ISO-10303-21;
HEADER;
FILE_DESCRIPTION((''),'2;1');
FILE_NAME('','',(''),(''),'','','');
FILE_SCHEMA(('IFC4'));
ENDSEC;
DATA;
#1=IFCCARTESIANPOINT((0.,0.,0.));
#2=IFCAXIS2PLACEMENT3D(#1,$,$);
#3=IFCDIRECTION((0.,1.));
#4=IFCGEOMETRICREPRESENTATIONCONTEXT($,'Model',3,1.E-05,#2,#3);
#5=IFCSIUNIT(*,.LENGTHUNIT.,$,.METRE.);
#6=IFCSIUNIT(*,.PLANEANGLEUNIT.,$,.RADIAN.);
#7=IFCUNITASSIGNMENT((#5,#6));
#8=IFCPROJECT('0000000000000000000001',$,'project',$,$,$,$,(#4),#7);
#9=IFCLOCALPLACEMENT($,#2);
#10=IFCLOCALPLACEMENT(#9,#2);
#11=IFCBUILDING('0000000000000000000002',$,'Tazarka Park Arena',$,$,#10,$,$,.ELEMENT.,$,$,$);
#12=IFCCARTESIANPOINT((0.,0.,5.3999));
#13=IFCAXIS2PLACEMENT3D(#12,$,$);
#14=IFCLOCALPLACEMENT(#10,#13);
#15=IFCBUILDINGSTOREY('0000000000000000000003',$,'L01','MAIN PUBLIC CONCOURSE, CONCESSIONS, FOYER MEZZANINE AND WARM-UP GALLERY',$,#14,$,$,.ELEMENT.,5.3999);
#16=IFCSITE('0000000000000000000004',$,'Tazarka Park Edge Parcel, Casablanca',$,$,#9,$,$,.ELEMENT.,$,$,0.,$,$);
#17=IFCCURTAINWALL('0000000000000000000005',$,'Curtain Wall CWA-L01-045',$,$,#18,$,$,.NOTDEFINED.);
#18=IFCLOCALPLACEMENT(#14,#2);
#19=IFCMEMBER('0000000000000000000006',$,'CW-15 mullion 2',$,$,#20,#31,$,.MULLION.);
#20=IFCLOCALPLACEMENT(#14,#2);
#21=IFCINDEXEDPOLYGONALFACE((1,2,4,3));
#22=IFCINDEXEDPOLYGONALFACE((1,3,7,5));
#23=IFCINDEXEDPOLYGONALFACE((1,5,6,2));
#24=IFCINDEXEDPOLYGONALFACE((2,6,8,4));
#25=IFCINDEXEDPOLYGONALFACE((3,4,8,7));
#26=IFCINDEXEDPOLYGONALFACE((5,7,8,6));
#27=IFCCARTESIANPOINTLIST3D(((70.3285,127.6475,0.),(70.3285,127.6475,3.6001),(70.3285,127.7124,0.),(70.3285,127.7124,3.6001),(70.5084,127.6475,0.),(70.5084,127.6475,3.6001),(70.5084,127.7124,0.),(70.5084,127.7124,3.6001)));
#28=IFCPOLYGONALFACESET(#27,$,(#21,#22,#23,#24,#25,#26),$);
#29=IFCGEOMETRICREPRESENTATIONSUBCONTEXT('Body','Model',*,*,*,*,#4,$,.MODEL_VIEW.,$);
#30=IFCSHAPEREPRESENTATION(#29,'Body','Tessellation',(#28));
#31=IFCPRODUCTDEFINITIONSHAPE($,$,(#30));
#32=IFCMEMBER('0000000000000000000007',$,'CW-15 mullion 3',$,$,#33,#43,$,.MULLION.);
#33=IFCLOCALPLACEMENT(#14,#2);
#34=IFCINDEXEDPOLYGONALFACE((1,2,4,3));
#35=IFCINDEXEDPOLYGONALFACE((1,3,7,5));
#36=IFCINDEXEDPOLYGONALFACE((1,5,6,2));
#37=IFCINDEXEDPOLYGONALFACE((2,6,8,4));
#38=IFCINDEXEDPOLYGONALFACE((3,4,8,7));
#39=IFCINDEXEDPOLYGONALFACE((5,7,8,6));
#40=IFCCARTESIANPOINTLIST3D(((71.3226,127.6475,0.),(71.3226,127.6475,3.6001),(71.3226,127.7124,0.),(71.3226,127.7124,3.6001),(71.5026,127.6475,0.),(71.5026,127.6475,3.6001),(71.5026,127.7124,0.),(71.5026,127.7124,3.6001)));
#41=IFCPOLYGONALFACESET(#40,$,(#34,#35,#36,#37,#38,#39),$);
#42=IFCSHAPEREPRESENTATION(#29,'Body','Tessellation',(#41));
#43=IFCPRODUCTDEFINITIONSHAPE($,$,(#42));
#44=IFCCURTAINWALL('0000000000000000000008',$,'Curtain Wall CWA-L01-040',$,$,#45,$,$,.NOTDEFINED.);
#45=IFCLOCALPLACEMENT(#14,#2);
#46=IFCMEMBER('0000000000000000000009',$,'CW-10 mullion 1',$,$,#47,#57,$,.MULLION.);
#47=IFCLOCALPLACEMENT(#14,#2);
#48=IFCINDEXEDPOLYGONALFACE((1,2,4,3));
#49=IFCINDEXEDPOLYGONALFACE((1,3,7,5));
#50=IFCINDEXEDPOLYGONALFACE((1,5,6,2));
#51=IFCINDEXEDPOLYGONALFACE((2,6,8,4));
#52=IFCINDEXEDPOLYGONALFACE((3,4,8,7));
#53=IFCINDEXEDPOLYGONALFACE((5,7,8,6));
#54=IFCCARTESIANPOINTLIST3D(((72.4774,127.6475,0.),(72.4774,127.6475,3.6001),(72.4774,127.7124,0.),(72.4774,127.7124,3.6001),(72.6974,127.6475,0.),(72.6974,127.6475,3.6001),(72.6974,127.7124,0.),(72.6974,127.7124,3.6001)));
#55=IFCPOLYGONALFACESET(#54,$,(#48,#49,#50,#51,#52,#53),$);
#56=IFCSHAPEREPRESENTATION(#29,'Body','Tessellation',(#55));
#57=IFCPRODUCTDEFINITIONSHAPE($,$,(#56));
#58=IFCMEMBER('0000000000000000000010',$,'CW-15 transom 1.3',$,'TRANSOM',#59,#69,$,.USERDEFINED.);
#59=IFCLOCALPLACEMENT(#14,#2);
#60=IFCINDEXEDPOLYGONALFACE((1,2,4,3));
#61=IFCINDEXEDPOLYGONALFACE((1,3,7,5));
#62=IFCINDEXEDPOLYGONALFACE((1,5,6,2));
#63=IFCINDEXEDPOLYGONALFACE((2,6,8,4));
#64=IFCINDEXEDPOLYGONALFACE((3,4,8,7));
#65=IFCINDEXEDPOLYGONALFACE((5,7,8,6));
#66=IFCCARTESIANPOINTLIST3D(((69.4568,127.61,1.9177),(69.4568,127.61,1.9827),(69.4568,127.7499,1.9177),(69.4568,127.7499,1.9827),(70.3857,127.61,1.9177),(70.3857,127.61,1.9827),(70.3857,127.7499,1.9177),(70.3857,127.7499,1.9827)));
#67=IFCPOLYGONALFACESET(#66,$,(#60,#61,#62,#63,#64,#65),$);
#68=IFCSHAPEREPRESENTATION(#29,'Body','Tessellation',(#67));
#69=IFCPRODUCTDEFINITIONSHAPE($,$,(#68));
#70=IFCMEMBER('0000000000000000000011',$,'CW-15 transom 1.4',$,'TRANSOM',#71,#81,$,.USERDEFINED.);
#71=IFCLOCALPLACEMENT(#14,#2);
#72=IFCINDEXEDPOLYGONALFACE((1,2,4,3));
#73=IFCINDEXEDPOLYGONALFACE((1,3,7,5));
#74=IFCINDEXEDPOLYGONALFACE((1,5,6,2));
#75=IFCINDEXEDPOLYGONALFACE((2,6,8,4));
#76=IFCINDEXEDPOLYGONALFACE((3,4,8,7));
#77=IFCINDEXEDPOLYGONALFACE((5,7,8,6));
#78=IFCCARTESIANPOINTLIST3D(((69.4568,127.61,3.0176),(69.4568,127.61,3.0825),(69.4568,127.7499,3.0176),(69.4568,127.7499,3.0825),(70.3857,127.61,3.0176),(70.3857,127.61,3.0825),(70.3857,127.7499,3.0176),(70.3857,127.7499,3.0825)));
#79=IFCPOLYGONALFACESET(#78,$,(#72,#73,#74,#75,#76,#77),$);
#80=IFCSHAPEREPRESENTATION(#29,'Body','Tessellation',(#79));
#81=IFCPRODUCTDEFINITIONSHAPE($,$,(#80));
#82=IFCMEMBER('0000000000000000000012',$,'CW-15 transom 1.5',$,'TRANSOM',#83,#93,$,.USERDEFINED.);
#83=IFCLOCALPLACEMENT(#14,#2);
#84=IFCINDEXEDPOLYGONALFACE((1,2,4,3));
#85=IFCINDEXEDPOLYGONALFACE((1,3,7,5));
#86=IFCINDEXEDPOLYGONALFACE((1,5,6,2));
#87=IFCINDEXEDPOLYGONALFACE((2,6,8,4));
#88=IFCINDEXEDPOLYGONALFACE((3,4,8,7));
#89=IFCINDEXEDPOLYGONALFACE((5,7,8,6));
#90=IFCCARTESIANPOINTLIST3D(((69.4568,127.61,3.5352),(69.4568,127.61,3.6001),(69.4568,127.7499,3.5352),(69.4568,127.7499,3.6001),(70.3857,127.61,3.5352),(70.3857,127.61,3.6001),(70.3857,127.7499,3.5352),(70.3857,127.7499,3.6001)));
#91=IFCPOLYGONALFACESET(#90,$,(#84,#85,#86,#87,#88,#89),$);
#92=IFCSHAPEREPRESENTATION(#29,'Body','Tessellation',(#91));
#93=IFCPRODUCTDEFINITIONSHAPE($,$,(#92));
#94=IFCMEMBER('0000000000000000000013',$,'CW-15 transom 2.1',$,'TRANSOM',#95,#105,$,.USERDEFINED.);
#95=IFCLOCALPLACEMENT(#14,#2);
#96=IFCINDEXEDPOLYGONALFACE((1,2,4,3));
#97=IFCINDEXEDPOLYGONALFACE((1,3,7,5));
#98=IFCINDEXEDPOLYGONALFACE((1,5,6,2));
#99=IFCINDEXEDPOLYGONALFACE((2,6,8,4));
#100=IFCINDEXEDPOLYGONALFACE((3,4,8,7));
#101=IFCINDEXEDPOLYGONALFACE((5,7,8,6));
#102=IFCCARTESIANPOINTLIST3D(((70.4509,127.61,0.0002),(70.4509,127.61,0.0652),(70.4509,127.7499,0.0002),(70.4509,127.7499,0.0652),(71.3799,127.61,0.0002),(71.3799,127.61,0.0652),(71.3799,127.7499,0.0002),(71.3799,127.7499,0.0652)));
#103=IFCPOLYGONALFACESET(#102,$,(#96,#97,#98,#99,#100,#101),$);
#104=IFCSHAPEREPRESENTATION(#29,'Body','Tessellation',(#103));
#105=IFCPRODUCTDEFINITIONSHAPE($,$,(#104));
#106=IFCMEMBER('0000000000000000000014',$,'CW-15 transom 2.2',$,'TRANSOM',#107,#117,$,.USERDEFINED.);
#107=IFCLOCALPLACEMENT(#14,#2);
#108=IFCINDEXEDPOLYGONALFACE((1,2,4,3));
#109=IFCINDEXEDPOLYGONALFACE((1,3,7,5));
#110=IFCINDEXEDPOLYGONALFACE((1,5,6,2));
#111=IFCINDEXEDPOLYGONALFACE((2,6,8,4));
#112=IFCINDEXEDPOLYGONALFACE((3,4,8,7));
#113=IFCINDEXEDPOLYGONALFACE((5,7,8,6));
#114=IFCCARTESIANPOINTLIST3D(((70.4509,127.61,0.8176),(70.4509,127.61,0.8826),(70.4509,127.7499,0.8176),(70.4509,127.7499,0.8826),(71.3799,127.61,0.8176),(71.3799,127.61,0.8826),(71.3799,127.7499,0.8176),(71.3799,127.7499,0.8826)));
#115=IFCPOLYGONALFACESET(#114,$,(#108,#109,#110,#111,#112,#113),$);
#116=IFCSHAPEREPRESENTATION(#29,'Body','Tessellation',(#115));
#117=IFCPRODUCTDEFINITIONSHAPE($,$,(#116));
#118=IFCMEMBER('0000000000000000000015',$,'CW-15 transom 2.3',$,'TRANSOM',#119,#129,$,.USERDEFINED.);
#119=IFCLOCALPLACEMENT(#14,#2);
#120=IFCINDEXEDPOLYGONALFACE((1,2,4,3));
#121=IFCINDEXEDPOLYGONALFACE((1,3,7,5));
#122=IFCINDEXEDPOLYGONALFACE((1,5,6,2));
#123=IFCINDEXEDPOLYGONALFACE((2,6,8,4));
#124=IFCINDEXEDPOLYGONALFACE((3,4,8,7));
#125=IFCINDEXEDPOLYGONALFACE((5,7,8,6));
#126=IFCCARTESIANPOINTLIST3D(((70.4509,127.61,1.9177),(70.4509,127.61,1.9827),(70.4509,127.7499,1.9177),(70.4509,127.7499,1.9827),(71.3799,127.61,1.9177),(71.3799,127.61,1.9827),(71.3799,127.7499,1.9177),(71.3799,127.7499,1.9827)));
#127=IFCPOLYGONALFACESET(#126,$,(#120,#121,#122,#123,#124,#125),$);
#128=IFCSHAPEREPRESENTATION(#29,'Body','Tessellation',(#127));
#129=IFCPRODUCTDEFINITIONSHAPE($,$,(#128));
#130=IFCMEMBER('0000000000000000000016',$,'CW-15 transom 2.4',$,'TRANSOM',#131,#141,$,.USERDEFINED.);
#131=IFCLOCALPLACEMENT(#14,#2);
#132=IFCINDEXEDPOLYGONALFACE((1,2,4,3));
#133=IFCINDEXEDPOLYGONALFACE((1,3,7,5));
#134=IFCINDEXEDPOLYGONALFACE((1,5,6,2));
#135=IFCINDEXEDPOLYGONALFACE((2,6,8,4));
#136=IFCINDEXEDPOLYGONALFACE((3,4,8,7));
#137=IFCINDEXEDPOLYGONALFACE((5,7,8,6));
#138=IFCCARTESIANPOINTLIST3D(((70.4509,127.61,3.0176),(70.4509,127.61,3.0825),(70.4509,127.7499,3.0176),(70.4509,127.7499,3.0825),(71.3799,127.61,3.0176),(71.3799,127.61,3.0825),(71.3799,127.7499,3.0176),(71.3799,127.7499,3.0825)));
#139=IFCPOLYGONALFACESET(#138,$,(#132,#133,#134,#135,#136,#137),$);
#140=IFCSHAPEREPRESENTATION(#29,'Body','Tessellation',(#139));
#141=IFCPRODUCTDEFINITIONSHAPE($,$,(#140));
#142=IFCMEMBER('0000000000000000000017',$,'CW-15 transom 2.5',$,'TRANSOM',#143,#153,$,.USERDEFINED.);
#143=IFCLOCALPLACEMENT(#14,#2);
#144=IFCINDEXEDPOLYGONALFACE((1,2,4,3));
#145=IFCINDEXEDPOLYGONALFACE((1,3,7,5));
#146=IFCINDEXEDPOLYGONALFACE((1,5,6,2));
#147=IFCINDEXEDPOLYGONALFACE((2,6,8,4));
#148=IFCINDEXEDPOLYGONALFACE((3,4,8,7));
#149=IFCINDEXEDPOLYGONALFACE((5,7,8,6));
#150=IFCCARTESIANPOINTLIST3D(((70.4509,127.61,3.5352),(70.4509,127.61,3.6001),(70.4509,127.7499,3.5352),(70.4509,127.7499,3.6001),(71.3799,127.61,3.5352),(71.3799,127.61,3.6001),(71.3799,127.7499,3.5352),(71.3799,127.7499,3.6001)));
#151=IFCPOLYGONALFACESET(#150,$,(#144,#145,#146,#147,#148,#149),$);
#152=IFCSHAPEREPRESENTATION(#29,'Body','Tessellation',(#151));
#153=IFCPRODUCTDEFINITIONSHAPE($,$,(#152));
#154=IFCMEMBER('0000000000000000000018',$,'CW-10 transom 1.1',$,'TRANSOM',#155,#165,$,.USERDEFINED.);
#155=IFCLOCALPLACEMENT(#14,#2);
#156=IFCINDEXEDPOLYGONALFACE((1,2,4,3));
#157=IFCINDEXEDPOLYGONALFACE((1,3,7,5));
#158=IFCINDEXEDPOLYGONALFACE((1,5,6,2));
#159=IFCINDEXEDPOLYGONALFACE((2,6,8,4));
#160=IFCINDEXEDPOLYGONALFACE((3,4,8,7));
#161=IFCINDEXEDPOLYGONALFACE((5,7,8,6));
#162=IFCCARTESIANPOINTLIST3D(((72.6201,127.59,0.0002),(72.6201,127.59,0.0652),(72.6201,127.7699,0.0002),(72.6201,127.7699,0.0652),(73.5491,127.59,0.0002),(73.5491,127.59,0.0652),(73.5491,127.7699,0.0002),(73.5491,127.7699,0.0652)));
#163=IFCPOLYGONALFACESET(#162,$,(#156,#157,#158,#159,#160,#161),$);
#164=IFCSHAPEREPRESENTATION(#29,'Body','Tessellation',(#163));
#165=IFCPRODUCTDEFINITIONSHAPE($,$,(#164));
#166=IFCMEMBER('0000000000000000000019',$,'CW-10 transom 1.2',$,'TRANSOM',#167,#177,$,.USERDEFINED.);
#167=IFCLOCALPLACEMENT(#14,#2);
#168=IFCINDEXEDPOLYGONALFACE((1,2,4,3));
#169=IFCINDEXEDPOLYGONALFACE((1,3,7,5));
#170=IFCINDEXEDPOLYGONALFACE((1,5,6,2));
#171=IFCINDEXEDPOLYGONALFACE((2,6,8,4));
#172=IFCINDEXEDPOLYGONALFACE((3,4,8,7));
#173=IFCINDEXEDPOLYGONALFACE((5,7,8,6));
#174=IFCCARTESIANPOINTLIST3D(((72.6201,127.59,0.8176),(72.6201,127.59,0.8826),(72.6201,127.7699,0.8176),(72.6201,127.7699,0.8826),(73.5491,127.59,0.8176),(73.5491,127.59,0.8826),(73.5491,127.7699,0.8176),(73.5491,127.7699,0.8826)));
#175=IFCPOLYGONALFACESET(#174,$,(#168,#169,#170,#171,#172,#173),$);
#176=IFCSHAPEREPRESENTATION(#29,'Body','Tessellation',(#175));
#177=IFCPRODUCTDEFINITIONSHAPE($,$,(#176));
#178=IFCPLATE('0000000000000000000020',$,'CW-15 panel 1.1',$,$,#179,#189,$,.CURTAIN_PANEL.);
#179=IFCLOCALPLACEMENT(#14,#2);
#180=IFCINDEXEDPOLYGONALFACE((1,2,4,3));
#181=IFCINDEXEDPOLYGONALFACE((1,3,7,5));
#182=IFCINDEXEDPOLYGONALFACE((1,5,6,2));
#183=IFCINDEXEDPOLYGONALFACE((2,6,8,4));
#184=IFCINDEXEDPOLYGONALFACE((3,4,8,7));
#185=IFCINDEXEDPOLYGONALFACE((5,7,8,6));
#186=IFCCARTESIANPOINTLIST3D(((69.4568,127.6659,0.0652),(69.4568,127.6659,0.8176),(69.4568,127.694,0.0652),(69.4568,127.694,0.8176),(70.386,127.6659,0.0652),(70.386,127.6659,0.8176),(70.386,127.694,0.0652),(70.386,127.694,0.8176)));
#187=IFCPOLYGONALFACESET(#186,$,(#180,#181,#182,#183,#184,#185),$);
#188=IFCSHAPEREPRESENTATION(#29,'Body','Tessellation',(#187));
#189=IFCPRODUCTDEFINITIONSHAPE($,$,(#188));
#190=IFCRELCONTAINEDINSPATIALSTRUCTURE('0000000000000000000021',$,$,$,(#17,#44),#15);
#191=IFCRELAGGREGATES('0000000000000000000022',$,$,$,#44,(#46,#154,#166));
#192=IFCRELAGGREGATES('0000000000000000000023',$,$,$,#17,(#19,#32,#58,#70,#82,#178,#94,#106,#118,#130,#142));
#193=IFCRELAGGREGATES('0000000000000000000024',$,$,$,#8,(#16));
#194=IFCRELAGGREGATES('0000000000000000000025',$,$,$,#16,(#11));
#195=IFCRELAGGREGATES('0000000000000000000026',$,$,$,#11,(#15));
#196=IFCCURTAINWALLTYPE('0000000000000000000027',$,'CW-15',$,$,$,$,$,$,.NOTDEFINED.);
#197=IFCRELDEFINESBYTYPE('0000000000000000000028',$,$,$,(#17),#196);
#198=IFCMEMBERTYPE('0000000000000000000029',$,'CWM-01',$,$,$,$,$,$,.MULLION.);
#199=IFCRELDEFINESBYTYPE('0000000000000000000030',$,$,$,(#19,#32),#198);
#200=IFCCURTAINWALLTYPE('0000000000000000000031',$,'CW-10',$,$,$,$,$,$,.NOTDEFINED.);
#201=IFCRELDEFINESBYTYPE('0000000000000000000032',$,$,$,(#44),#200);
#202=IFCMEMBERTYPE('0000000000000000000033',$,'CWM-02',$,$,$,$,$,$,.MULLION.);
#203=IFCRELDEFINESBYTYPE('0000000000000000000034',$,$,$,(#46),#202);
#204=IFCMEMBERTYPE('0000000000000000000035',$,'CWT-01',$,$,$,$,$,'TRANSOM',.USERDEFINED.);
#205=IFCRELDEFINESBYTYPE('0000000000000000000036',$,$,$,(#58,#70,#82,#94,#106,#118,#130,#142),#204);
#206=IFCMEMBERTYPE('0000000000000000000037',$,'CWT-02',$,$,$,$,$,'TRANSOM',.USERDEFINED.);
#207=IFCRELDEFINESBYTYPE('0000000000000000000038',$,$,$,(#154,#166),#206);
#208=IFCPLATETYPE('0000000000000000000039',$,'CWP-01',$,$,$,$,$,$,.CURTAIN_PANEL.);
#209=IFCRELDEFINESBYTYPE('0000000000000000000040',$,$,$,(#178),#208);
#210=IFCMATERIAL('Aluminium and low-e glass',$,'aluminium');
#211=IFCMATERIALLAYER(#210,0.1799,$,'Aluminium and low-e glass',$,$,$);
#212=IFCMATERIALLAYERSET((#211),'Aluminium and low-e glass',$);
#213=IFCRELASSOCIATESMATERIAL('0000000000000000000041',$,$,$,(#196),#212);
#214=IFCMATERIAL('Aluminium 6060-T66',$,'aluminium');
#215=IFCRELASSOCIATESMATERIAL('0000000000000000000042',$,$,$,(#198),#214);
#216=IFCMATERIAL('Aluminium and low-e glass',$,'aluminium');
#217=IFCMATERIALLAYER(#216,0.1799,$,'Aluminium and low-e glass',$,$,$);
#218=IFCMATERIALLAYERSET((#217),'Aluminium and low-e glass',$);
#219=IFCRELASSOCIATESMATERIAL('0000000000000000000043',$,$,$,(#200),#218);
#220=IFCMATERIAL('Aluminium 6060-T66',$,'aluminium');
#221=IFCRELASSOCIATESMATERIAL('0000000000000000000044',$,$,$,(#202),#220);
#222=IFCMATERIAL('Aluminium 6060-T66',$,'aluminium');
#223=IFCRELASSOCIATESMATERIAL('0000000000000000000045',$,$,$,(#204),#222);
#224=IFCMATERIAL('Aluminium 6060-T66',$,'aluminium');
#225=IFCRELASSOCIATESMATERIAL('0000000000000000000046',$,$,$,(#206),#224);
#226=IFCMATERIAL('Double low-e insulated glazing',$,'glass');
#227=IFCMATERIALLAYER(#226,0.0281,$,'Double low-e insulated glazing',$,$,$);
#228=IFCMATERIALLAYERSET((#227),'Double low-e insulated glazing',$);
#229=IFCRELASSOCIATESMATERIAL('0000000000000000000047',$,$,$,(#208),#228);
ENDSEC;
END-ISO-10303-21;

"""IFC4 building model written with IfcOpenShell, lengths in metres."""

from ifc_helpers import new_model, si_unit, direction, frame, origin, origin_2d, place, context, subcontext, project, spatial, rectangle, extrude, material, layer, layer_set, material_profile, profile_set, type_object, element, aggregate, save


model = new_model("IFC4")

# Units and contexts
model_context = context("Model", 3, precision=1e-05, world=origin(), true_north=direction((0.0, 1.0)))
body_context = subcontext(model_context, "Body", "Model", "MODEL_VIEW")
ifc_project = project(units=[si_unit("LENGTHUNIT", "METRE"), si_unit("PLANEANGLEUNIT", "RADIAN")], contexts=[model_context])

# Site, building, storey
site_placement = place(None, origin())
site = spatial("IfcSite", under=ifc_project, at=site_placement, Name="Tazarka Park Edge Parcel, Casablanca", CompositionType="ELEMENT", RefElevation=0.0)
building_placement = place(site_placement, origin())
building = spatial("IfcBuilding", under=site, at=building_placement, Name="Tazarka Park Arena", CompositionType="ELEMENT")
storey_placement = place(building_placement, frame((0.0, 0.0, 5.3999)))
storey = spatial("IfcBuildingStorey", under=building, at=storey_placement, Name="L01", Description="MAIN PUBLIC CONCOURSE, CONCESSIONS, FOYER MEZZANINE AND WARM-UP GALLERY", CompositionType="ELEMENT", Elevation=5.3999)

# Curtain wall, members
ifc_material_1 = material(Name="Aluminium and low-e glass", Category="aluminium")
ifc_layer_1 = layer(ifc_material_1, 0.1799, Name="Aluminium and low-e glass")
ifc_layer_set_1 = layer_set([ifc_layer_1], Name="Aluminium and low-e glass")
curtain_wall_type_1 = type_object("IfcCurtainWallType", Name="CW-15", PredefinedType="NOTDEFINED", material=ifc_layer_set_1)
curtain_wall_1_placement = place(storey_placement, origin())
curtain_wall_1 = element("IfcCurtainWall", 1, at=curtain_wall_1_placement, inside=storey, type_object=curtain_wall_type_1, Name="Curtain Wall CWA-L01-045", PredefinedType="NOTDEFINED")
ifc_material_2 = material(Name="Aluminium 6060-T66", Category="aluminium")
ifc_material_profile_1 = material_profile(ifc_material_2, rectangle(XDim=0.0649, YDim=0.1799, at=origin_2d()), Name="Aluminium 6060-T66")
ifc_profile_set_1 = profile_set([ifc_material_profile_1], Name="Aluminium 6060-T66")
member_type_1 = type_object("IfcMemberType", Name="CWM-01", PredefinedType="MULLION", material=ifc_profile_set_1)
member_1_placement = place(storey_placement, frame((70.4185, 127.6799, 0.0), z_axis=(0.0, 0.0, 1.0), x_axis=(0.0, 1.0, 0.0)))
member_1 = element("IfcMember", 2, at=member_1_placement, type_object=member_type_1, Name="CW-15 mullion 2", PredefinedType="MULLION", context=body_context, shape_type="SweptSolid", body=[
    extrude(rectangle(XDim=0.0649, YDim=0.1799, at=origin_2d()), origin(), (0.0, 0.0, 1.0), 3.6001),
])
member_2_placement = place(storey_placement, frame((71.4126, 127.6799, 0.0), z_axis=(0.0, 0.0, 1.0), x_axis=(0.0, 1.0, 0.0)))
member_2 = element("IfcMember", 3, at=member_2_placement, type_object=member_type_1, Name="CW-15 mullion 3", PredefinedType="MULLION", context=body_context, shape_type="SweptSolid", body=[
    extrude(rectangle(XDim=0.0649, YDim=0.1799, at=origin_2d()), origin(), (0.0, 0.0, 1.0), 3.6001),
])

# Curtain wall, member
ifc_material_3 = material(Name="Aluminium and low-e glass", Category="aluminium")
ifc_layer_2 = layer(ifc_material_3, 0.1799, Name="Aluminium and low-e glass")
ifc_layer_set_2 = layer_set([ifc_layer_2], Name="Aluminium and low-e glass")
curtain_wall_type_2 = type_object("IfcCurtainWallType", Name="CW-10", PredefinedType="NOTDEFINED", material=ifc_layer_set_2)
curtain_wall_2_placement = place(storey_placement, origin())
curtain_wall_2 = element("IfcCurtainWall", 4, at=curtain_wall_2_placement, inside=storey, type_object=curtain_wall_type_2, Name="Curtain Wall CWA-L01-040", PredefinedType="NOTDEFINED")
ifc_material_4 = material(Name="Aluminium 6060-T66", Category="aluminium")
ifc_material_profile_2 = material_profile(ifc_material_4, rectangle(XDim=0.0649, YDim=0.22, at=origin_2d()), Name="Aluminium 6060-T66")
ifc_profile_set_2 = profile_set([ifc_material_profile_2], Name="Aluminium 6060-T66")
member_type_2 = type_object("IfcMemberType", Name="CWM-02", PredefinedType="MULLION", material=ifc_profile_set_2)
member_3_placement = place(storey_placement, frame((72.5874, 127.6799, 0.0), z_axis=(0.0, 0.0, 1.0), x_axis=(0.0, 1.0, 0.0)))
member_3 = element("IfcMember", 5, at=member_3_placement, type_object=member_type_2, Name="CW-10 mullion 1", PredefinedType="MULLION", context=body_context, shape_type="SweptSolid", body=[
    extrude(rectangle(XDim=0.0649, YDim=0.22, at=origin_2d()), origin(), (0.0, 0.0, 1.0), 3.6001),
])

# Members
ifc_material_5 = material(Name="Aluminium 6060-T66", Category="aluminium")
ifc_material_profile_3 = material_profile(ifc_material_5, rectangle(XDim=0.1399, YDim=0.0649, at=origin_2d()), Name="Aluminium 6060-T66")
ifc_profile_set_3 = profile_set([ifc_material_profile_3], Name="Aluminium 6060-T66")
member_type_3 = type_object("IfcMemberType", Name="CWT-01", ElementType="TRANSOM", PredefinedType="USERDEFINED", material=ifc_profile_set_3)
member_4_placement = place(storey_placement, frame((69.4568, 127.6799, 1.9502), z_axis=(1.0, 0.0, 0.0), x_axis=(0.0, 1.0, 0.0)))
member_4 = element("IfcMember", 6, at=member_4_placement, type_object=member_type_3, Name="CW-15 transom 1.3", ObjectType="TRANSOM", PredefinedType="USERDEFINED", context=body_context, shape_type="SweptSolid", body=[
    extrude(rectangle(XDim=0.1399, YDim=0.0649, at=origin_2d()), origin(), (0.0, 0.0, 1.0), 0.929),
])
member_5_placement = place(storey_placement, frame((69.4568, 127.6799, 3.05), z_axis=(1.0, 0.0, 0.0), x_axis=(0.0, 1.0, 0.0)))
member_5 = element("IfcMember", 7, at=member_5_placement, type_object=member_type_3, Name="CW-15 transom 1.4", ObjectType="TRANSOM", PredefinedType="USERDEFINED", context=body_context, shape_type="SweptSolid", body=[
    extrude(rectangle(XDim=0.1399, YDim=0.0649, at=origin_2d()), origin(), (0.0, 0.0, 1.0), 0.929),
])
member_6_placement = place(storey_placement, frame((69.4568, 127.6799, 3.5676), z_axis=(1.0, 0.0, 0.0), x_axis=(0.0, 1.0, 0.0)))
member_6 = element("IfcMember", 8, at=member_6_placement, type_object=member_type_3, Name="CW-15 transom 1.5", ObjectType="TRANSOM", PredefinedType="USERDEFINED", context=body_context, shape_type="SweptSolid", body=[
    extrude(rectangle(XDim=0.1399, YDim=0.0649, at=origin_2d()), origin(), (0.0, 0.0, 1.0), 0.929),
])
member_7_placement = place(storey_placement, frame((70.4509, 127.6799, 0.0327), z_axis=(1.0, 0.0, 0.0), x_axis=(0.0, 1.0, 0.0)))
member_7 = element("IfcMember", 9, at=member_7_placement, type_object=member_type_3, Name="CW-15 transom 2.1", ObjectType="TRANSOM", PredefinedType="USERDEFINED", context=body_context, shape_type="SweptSolid", body=[
    extrude(rectangle(XDim=0.1399, YDim=0.0649, at=origin_2d()), origin(), (0.0, 0.0, 1.0), 0.929),
])
member_8_placement = place(storey_placement, frame((70.4509, 127.6799, 0.8501), z_axis=(1.0, 0.0, 0.0), x_axis=(0.0, 1.0, 0.0)))
member_8 = element("IfcMember", 10, at=member_8_placement, type_object=member_type_3, Name="CW-15 transom 2.2", ObjectType="TRANSOM", PredefinedType="USERDEFINED", context=body_context, shape_type="SweptSolid", body=[
    extrude(rectangle(XDim=0.1399, YDim=0.0649, at=origin_2d()), origin(), (0.0, 0.0, 1.0), 0.929),
])
member_9_placement = place(storey_placement, frame((70.4509, 127.6799, 1.9502), z_axis=(1.0, 0.0, 0.0), x_axis=(0.0, 1.0, 0.0)))
member_9 = element("IfcMember", 11, at=member_9_placement, type_object=member_type_3, Name="CW-15 transom 2.3", ObjectType="TRANSOM", PredefinedType="USERDEFINED", context=body_context, shape_type="SweptSolid", body=[
    extrude(rectangle(XDim=0.1399, YDim=0.0649, at=origin_2d()), origin(), (0.0, 0.0, 1.0), 0.929),
])
member_10_placement = place(storey_placement, frame((70.4509, 127.6799, 3.05), z_axis=(1.0, 0.0, 0.0), x_axis=(0.0, 1.0, 0.0)))
member_10 = element("IfcMember", 12, at=member_10_placement, type_object=member_type_3, Name="CW-15 transom 2.4", ObjectType="TRANSOM", PredefinedType="USERDEFINED", context=body_context, shape_type="SweptSolid", body=[
    extrude(rectangle(XDim=0.1399, YDim=0.0649, at=origin_2d()), origin(), (0.0, 0.0, 1.0), 0.929),
])
member_11_placement = place(storey_placement, frame((70.4509, 127.6799, 3.5676), z_axis=(1.0, 0.0, 0.0), x_axis=(0.0, 1.0, 0.0)))
member_11 = element("IfcMember", 13, at=member_11_placement, type_object=member_type_3, Name="CW-15 transom 2.5", ObjectType="TRANSOM", PredefinedType="USERDEFINED", context=body_context, shape_type="SweptSolid", body=[
    extrude(rectangle(XDim=0.1399, YDim=0.0649, at=origin_2d()), origin(), (0.0, 0.0, 1.0), 0.929),
])
ifc_material_6 = material(Name="Aluminium 6060-T66", Category="aluminium")
ifc_material_profile_4 = material_profile(ifc_material_6, rectangle(XDim=0.1799, YDim=0.0649, at=origin_2d()), Name="Aluminium 6060-T66")
ifc_profile_set_4 = profile_set([ifc_material_profile_4], Name="Aluminium 6060-T66")
member_type_4 = type_object("IfcMemberType", Name="CWT-02", ElementType="TRANSOM", PredefinedType="USERDEFINED", material=ifc_profile_set_4)
member_12_placement = place(storey_placement, frame((72.6201, 127.6799, 0.0327), z_axis=(1.0, 0.0, 0.0), x_axis=(0.0, 1.0, 0.0)))
member_12 = element("IfcMember", 14, at=member_12_placement, type_object=member_type_4, Name="CW-10 transom 1.1", ObjectType="TRANSOM", PredefinedType="USERDEFINED", context=body_context, shape_type="SweptSolid", body=[
    extrude(rectangle(XDim=0.1799, YDim=0.0649, at=origin_2d()), origin(), (0.0, 0.0, 1.0), 0.929),
])
member_13_placement = place(storey_placement, frame((72.6201, 127.6799, 0.8501), z_axis=(1.0, 0.0, 0.0), x_axis=(0.0, 1.0, 0.0)))
member_13 = element("IfcMember", 15, at=member_13_placement, type_object=member_type_4, Name="CW-10 transom 1.2", ObjectType="TRANSOM", PredefinedType="USERDEFINED", context=body_context, shape_type="SweptSolid", body=[
    extrude(rectangle(XDim=0.1799, YDim=0.0649, at=origin_2d()), origin(), (0.0, 0.0, 1.0), 0.929),
])
aggregate(curtain_wall_2, [member_3, member_12, member_13])

# Plate
ifc_material_7 = material(Name="Double low-e insulated glazing", Category="glass")
ifc_layer_3 = layer(ifc_material_7, 0.0281, Name="Double low-e insulated glazing")
ifc_layer_set_3 = layer_set([ifc_layer_3], Name="Double low-e insulated glazing")
plate_type = type_object("IfcPlateType", Name="CWP-01", PredefinedType="CURTAIN_PANEL", material=ifc_layer_set_3)
plate_1_placement = place(storey_placement, frame((69.9214, 127.6799, 0.0652), z_axis=(0.0, 0.0, 1.0), x_axis=(1.0, 0.0, 0.0)))
plate_1 = element("IfcPlate", 16, at=plate_1_placement, type_object=plate_type, Name="CW-15 panel 1.1", PredefinedType="CURTAIN_PANEL", context=body_context, shape_type="SweptSolid", body=[
    extrude(rectangle(XDim=0.9292, YDim=0.0281, at=origin_2d()), origin(), (0.0, 0.0, 1.0), 0.7524),
])
aggregate(curtain_wall_1, [member_1, member_2, member_4, member_5, member_6, plate_1, member_7, member_8, member_9, member_10, member_11])

save(model, "model.ifc")
